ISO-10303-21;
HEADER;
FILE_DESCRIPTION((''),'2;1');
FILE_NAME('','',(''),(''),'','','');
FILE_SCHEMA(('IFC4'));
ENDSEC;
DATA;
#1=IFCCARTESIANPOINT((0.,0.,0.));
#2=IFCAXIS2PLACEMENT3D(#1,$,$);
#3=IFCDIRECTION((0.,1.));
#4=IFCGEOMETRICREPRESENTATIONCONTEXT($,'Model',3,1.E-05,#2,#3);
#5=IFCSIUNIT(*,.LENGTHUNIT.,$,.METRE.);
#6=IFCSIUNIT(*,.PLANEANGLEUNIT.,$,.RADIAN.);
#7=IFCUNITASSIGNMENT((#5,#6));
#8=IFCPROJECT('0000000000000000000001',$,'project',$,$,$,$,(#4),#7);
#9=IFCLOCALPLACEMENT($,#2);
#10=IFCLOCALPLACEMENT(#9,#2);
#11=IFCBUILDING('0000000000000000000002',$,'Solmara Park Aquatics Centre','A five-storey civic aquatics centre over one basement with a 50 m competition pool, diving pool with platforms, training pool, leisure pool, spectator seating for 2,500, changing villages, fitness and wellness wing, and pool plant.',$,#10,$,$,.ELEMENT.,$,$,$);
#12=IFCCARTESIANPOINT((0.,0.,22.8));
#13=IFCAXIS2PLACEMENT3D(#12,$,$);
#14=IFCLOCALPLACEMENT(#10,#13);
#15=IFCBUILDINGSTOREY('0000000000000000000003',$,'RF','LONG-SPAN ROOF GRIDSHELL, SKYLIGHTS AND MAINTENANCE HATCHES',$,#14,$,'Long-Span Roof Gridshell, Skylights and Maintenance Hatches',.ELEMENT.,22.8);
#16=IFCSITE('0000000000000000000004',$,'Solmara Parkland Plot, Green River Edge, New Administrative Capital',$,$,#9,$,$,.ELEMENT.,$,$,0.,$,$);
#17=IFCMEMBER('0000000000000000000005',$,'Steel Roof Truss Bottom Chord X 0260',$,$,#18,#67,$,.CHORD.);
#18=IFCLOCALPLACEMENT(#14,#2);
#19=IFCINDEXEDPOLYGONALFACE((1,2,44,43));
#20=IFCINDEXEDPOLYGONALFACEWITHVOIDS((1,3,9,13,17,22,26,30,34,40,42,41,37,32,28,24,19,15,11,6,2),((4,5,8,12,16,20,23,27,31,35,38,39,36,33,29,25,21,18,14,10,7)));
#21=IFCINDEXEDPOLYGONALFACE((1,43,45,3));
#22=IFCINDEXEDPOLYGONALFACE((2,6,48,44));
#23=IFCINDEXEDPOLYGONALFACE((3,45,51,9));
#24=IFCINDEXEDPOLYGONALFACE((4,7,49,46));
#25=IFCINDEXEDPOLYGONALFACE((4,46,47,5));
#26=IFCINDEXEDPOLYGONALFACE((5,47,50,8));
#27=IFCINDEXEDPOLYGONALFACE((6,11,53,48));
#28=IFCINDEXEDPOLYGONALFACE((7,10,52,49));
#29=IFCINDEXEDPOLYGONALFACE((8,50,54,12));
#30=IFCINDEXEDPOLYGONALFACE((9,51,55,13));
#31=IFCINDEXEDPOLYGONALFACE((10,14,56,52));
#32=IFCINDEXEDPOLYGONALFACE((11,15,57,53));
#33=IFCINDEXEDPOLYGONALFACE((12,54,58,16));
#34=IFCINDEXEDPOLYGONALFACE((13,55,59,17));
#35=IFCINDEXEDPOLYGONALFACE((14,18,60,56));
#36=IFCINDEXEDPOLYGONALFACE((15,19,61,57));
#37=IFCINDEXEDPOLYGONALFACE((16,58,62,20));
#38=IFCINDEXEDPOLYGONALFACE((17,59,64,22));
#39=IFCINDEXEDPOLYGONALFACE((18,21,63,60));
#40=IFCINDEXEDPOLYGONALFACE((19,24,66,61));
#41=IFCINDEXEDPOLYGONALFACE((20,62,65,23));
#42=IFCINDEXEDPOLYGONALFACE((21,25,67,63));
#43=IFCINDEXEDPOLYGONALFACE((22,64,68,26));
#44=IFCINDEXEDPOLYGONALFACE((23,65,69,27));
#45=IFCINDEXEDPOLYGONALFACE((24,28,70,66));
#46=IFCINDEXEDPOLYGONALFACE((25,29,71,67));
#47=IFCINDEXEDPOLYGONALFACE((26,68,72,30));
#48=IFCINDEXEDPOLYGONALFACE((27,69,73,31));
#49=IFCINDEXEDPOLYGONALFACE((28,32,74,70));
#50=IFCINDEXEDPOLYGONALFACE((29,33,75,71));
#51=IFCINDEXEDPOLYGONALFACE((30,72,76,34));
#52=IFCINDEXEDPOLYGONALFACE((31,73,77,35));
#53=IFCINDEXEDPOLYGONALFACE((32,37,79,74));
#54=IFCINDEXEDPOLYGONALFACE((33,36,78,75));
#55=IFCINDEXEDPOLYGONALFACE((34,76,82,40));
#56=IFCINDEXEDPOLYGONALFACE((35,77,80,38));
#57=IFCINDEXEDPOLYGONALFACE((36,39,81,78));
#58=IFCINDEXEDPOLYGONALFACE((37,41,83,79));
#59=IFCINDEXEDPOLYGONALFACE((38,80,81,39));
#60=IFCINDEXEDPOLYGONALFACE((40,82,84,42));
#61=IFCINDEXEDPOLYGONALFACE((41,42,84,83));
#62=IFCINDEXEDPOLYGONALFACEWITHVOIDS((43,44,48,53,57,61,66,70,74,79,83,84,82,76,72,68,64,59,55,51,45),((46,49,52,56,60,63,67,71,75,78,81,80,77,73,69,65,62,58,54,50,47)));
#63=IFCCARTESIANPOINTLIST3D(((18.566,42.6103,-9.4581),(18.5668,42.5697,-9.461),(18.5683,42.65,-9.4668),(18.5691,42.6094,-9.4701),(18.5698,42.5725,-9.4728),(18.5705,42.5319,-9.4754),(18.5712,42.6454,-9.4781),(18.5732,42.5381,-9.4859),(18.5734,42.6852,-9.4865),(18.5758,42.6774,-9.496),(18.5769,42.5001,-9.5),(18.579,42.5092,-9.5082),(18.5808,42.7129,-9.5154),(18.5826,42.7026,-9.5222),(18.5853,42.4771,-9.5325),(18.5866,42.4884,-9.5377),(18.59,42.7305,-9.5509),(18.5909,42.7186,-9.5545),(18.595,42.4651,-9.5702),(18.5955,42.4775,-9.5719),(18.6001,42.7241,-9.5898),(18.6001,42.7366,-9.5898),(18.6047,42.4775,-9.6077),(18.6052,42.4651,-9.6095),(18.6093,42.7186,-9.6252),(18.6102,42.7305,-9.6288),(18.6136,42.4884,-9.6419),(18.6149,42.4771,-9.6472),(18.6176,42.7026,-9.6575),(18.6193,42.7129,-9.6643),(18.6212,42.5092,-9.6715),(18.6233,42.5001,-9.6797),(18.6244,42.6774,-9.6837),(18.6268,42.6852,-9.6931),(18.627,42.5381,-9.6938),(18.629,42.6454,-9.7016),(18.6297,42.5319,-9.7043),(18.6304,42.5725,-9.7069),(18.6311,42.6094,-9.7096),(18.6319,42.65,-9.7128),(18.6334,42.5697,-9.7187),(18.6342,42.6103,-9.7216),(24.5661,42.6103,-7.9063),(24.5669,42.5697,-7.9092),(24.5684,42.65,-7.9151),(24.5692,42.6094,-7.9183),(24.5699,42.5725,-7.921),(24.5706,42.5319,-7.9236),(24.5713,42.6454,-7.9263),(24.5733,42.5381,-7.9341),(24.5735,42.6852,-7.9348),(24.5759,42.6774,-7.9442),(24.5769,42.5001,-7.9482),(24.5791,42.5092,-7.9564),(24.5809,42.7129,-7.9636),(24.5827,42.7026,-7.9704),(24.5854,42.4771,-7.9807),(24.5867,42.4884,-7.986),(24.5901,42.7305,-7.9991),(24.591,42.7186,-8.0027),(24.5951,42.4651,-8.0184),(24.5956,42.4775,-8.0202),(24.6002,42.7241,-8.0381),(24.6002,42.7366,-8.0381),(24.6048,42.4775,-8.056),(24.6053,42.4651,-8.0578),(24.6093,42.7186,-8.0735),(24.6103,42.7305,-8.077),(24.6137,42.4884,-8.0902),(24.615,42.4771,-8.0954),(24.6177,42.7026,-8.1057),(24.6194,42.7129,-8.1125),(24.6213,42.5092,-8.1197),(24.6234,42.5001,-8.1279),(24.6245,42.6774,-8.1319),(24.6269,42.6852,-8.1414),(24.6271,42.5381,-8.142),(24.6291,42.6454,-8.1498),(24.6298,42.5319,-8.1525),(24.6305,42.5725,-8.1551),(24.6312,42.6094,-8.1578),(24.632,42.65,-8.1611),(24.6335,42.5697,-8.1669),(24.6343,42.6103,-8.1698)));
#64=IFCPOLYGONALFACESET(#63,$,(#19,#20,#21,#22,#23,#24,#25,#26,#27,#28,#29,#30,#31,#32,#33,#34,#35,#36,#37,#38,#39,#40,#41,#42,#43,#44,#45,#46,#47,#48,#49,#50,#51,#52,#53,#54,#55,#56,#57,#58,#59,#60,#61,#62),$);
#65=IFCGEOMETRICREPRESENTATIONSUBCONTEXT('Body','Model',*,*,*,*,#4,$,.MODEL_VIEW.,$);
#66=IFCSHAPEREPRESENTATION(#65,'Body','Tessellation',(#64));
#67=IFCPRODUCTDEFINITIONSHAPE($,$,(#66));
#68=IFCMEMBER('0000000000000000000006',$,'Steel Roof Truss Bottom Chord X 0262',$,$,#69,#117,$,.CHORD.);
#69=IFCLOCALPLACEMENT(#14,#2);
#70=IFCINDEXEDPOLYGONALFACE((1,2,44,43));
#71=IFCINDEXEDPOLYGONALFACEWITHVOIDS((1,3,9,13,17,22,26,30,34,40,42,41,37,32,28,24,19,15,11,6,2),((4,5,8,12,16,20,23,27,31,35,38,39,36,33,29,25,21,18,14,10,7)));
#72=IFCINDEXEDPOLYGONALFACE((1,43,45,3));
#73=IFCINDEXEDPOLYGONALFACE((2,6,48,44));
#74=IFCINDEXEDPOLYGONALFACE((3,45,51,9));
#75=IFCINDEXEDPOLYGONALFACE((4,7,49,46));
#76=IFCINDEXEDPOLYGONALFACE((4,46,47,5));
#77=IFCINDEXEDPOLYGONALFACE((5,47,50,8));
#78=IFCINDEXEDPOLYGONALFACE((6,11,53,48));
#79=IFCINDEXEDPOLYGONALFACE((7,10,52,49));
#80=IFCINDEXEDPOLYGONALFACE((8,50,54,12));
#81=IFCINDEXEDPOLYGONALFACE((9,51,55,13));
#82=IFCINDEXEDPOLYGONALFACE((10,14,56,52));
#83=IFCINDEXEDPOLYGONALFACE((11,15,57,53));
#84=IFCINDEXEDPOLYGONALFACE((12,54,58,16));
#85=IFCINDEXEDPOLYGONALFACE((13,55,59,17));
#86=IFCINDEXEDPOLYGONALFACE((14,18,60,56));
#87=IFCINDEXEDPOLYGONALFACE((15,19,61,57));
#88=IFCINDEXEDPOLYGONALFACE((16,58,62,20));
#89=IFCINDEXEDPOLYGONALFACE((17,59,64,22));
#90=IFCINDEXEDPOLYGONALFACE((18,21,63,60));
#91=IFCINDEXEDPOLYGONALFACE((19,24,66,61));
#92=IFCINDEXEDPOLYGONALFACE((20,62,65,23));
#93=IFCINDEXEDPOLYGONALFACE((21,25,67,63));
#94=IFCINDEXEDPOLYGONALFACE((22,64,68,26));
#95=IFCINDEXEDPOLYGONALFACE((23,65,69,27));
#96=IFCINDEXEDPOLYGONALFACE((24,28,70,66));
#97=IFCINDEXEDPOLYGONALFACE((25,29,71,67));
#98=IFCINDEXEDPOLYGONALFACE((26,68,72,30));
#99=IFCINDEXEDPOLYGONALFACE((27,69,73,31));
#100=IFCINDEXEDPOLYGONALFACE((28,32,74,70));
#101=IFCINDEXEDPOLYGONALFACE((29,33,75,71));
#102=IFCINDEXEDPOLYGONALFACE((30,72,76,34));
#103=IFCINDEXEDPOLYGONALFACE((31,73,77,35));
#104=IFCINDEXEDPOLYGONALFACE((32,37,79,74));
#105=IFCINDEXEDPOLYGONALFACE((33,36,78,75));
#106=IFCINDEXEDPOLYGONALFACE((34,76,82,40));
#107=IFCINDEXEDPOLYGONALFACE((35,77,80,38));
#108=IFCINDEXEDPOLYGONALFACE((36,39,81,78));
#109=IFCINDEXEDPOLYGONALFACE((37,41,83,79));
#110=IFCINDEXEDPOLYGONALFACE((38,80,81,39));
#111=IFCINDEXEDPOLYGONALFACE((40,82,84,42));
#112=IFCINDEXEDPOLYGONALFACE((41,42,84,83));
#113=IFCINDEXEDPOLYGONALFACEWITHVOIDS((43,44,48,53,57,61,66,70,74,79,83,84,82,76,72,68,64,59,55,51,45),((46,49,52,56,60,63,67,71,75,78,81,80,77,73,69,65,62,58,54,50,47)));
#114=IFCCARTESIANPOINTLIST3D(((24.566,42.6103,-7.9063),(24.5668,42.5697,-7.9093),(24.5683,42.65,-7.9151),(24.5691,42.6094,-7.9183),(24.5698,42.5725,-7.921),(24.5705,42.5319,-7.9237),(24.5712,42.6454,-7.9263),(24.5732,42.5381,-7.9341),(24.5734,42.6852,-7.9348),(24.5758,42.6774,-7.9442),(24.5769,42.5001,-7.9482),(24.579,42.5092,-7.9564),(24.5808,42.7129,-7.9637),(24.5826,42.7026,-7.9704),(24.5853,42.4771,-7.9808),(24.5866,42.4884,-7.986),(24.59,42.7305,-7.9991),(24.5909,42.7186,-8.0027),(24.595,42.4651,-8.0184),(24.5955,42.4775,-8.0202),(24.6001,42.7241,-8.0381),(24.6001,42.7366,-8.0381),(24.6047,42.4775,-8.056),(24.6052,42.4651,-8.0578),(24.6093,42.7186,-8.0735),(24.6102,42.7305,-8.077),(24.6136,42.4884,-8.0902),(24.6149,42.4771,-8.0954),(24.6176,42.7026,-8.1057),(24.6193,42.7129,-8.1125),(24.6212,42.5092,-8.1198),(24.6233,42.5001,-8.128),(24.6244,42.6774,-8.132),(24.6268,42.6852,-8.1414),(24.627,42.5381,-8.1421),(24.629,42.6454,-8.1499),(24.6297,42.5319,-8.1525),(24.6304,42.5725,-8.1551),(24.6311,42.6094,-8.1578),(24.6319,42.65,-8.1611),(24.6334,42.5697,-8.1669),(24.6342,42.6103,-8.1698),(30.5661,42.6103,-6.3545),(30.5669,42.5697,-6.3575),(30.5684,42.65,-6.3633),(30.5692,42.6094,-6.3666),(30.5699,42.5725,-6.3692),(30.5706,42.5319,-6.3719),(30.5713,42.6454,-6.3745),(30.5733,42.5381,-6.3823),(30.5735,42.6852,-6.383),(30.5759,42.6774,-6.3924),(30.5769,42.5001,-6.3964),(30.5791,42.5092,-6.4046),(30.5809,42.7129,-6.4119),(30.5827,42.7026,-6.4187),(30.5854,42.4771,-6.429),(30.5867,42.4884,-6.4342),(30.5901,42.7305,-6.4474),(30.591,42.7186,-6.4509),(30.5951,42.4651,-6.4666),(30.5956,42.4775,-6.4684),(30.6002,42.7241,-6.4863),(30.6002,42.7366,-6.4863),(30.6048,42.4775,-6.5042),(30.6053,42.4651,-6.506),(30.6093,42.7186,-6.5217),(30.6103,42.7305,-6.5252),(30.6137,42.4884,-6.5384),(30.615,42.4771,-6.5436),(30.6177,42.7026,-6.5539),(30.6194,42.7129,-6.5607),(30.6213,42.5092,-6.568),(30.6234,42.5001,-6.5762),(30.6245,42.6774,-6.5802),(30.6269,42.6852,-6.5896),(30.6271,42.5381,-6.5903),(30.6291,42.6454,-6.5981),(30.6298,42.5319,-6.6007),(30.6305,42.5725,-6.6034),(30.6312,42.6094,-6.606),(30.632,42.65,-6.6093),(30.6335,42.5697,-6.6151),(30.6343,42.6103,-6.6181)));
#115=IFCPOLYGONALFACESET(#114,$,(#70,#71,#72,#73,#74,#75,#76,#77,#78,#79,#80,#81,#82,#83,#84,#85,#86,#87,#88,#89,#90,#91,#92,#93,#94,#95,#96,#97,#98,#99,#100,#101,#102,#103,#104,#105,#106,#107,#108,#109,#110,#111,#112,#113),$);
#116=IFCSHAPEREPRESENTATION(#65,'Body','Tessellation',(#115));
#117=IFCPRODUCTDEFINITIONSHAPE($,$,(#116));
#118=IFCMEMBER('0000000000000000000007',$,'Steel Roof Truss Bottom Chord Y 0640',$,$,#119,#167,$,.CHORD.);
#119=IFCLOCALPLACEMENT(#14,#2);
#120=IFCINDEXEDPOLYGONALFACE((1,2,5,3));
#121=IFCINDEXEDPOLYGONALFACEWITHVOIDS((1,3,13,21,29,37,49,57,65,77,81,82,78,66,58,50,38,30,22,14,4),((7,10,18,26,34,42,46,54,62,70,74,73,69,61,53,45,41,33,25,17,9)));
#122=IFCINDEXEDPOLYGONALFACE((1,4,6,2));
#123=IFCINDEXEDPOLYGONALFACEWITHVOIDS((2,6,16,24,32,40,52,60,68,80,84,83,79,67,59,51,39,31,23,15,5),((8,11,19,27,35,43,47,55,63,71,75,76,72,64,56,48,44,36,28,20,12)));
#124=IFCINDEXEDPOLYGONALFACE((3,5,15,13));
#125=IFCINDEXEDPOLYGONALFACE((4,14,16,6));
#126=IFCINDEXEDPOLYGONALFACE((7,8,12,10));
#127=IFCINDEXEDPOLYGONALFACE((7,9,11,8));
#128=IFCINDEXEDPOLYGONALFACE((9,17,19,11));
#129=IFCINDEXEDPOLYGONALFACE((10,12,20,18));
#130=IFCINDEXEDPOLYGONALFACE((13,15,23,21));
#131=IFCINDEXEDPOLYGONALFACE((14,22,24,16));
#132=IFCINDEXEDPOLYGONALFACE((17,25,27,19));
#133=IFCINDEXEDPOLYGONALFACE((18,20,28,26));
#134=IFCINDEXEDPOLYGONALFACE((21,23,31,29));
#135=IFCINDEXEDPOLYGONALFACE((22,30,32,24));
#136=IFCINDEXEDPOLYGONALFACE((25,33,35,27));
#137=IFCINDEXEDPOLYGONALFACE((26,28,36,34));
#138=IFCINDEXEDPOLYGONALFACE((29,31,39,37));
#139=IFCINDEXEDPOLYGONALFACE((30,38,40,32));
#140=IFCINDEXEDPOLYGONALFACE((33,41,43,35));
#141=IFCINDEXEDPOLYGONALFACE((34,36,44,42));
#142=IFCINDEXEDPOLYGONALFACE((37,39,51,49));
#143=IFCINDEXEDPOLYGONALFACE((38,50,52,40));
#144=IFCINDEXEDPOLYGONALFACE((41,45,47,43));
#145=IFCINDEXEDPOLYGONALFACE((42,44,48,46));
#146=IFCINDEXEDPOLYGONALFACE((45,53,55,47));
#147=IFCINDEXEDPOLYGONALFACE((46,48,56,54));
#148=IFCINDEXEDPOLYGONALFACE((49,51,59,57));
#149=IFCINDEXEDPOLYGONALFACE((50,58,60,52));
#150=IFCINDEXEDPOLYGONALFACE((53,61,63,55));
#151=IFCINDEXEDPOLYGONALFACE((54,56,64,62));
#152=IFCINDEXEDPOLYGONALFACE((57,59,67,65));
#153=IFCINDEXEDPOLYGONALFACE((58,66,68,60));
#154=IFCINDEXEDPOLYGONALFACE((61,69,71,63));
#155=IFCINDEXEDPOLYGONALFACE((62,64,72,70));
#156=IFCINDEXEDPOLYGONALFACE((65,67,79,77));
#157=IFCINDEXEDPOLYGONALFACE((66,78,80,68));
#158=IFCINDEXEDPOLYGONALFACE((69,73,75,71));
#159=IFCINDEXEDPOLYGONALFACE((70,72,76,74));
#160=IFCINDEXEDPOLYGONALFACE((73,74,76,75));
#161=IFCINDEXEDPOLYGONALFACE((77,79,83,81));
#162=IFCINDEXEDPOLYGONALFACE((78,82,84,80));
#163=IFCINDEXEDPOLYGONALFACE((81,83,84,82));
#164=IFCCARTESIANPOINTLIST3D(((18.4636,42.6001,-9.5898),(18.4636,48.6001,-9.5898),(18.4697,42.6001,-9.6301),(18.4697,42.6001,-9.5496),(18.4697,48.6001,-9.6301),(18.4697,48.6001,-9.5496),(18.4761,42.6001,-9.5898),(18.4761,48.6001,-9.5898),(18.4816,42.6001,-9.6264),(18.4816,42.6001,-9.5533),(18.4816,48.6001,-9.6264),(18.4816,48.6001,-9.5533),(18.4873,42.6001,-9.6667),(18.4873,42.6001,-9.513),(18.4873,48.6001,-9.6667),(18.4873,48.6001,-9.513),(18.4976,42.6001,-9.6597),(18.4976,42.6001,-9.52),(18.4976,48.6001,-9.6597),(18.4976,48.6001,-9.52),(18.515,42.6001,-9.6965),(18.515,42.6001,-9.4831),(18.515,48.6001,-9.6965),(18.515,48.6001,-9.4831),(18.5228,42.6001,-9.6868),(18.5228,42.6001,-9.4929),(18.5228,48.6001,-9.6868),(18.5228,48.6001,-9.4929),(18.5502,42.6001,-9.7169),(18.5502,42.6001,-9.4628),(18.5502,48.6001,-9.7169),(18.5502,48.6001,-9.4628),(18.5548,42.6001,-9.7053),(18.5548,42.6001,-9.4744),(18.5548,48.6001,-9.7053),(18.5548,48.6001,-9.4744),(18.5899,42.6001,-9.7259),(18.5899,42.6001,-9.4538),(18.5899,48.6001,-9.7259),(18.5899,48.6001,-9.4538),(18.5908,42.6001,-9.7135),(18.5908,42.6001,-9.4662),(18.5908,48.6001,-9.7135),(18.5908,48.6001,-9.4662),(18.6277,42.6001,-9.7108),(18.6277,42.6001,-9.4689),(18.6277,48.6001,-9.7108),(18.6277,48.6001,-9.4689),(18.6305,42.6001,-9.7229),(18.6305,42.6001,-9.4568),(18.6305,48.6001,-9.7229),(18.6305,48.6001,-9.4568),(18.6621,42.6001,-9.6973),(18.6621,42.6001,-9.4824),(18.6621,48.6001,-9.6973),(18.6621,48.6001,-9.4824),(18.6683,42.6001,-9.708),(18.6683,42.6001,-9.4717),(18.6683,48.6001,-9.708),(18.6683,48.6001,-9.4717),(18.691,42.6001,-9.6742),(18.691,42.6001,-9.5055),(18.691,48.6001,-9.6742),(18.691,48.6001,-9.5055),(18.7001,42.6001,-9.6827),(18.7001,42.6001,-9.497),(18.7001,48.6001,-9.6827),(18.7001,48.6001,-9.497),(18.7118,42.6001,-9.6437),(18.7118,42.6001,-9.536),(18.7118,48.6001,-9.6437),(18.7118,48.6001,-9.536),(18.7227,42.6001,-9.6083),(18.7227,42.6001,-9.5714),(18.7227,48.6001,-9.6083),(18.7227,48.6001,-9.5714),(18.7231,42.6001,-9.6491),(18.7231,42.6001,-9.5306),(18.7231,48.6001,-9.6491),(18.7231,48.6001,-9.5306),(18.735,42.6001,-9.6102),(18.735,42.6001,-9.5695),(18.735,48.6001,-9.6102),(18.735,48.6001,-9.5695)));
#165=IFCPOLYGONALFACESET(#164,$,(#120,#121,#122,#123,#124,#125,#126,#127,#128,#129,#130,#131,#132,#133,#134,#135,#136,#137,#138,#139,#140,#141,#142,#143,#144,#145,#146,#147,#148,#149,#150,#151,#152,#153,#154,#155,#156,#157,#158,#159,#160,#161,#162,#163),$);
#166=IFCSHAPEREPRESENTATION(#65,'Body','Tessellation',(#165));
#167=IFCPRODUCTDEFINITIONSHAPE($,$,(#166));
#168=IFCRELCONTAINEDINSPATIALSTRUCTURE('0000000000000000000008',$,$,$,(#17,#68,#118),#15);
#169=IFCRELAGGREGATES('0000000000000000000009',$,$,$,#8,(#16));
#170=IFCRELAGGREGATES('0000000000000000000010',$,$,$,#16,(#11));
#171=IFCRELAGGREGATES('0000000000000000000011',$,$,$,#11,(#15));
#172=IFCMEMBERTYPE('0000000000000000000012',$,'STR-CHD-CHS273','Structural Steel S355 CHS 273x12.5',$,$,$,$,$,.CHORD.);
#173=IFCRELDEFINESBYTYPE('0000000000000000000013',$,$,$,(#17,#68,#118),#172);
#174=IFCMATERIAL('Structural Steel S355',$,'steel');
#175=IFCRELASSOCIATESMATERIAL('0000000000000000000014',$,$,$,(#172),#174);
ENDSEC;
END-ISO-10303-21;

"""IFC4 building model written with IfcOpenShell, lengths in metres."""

from ifc_helpers import new_model, si_unit, direction, frame, origin, origin_2d, place, context, subcontext, project, spatial, hollow_circle, extrude, material, material_profile, profile_set, type_object, element, save


model = new_model("IFC4")

# Units and contexts
model_context = context("Model", 3, precision=1e-05, world=origin(), true_north=direction((0.0, 1.0)))
body_context = subcontext(model_context, "Body", "Model", "MODEL_VIEW")
ifc_project = project(units=[si_unit("LENGTHUNIT", "METRE"), si_unit("PLANEANGLEUNIT", "RADIAN")], contexts=[model_context])

# Site, building, storey
site_placement = place(None, origin())
site = spatial("IfcSite", under=ifc_project, at=site_placement, Name="Solmara Parkland Plot, Green River Edge, New Administrative Capital", CompositionType="ELEMENT", RefElevation=0.0)
building_placement = place(site_placement, origin())
building = spatial("IfcBuilding", under=site, at=building_placement, Name="Solmara Park Aquatics Centre", Description="A five-storey civic aquatics centre over one basement with a 50 m competition pool, diving pool with platforms, training pool, leisure pool, spectator seating for 2,500, changing villages, fitness and wellness wing, and pool plant.", CompositionType="ELEMENT")
storey_placement = place(building_placement, frame((0.0, 0.0, 22.8)))
storey = spatial("IfcBuildingStorey", under=building, at=storey_placement, Name="RF", Description="LONG-SPAN ROOF GRIDSHELL, SKYLIGHTS AND MAINTENANCE HATCHES", LongName="Long-Span Roof Gridshell, Skylights and Maintenance Hatches", CompositionType="ELEMENT", Elevation=22.8)

# Members
ifc_material_1 = material(Name="Structural Steel S355", Category="steel")
ifc_material_profile_1 = material_profile(ifc_material_1, hollow_circle(Radius=0.1365, WallThickness=0.0125, at=origin_2d()), Name="CHS 273x12.5")
ifc_profile_set_1 = profile_set([ifc_material_profile_1], Name="Structural Steel S355")
member_type_1 = type_object("IfcMemberType", Name="STR-CHD-CHS273", Description="Structural Steel S355 CHS 273x12.5", PredefinedType="CHORD", material=ifc_profile_set_1)
for number, where, z_axis, x_axis, name in (
    (1, (18.6001, 42.6001, -9.5898), (0.968146, 0.0, 0.250388), (0.0, 1.0, 0.0), "Steel Roof Truss Bottom Chord X 0260"),
    (2, (24.6001, 42.6001, -8.0381), (0.968146, 0.0, 0.250388), (0.0, 1.0, 0.0), "Steel Roof Truss Bottom Chord X 0262"),
):
    element("IfcMember", number, at=place(storey_placement, frame(where, z_axis=z_axis, x_axis=x_axis)), inside=storey, type_object=member_type_1, Name=name, PredefinedType="CHORD", context=body_context, shape_type="SweptSolid", body=[
        extrude(hollow_circle(Radius=0.1365, WallThickness=0.0125, at=origin_2d()), origin(), (0.0, 0.0, 1.0), 6.1975),
    ])
for number, where, z_axis, x_axis, name in (
    (3, (18.6001, 42.6001, -9.5898), (0.0, 1.0, 0.0), (-1.0, 0.0, 0.0), "Steel Roof Truss Bottom Chord Y 0640"),
):
    element("IfcMember", number, at=place(storey_placement, frame(where, z_axis=z_axis, x_axis=x_axis)), inside=storey, type_object=member_type_1, Name=name, PredefinedType="CHORD", context=body_context, shape_type="SweptSolid", body=[
        extrude(hollow_circle(Radius=0.1365, WallThickness=0.0125, at=origin_2d()), origin(), (0.0, 0.0, 1.0), 6.0),
    ])

save(model, "model.ifc")
